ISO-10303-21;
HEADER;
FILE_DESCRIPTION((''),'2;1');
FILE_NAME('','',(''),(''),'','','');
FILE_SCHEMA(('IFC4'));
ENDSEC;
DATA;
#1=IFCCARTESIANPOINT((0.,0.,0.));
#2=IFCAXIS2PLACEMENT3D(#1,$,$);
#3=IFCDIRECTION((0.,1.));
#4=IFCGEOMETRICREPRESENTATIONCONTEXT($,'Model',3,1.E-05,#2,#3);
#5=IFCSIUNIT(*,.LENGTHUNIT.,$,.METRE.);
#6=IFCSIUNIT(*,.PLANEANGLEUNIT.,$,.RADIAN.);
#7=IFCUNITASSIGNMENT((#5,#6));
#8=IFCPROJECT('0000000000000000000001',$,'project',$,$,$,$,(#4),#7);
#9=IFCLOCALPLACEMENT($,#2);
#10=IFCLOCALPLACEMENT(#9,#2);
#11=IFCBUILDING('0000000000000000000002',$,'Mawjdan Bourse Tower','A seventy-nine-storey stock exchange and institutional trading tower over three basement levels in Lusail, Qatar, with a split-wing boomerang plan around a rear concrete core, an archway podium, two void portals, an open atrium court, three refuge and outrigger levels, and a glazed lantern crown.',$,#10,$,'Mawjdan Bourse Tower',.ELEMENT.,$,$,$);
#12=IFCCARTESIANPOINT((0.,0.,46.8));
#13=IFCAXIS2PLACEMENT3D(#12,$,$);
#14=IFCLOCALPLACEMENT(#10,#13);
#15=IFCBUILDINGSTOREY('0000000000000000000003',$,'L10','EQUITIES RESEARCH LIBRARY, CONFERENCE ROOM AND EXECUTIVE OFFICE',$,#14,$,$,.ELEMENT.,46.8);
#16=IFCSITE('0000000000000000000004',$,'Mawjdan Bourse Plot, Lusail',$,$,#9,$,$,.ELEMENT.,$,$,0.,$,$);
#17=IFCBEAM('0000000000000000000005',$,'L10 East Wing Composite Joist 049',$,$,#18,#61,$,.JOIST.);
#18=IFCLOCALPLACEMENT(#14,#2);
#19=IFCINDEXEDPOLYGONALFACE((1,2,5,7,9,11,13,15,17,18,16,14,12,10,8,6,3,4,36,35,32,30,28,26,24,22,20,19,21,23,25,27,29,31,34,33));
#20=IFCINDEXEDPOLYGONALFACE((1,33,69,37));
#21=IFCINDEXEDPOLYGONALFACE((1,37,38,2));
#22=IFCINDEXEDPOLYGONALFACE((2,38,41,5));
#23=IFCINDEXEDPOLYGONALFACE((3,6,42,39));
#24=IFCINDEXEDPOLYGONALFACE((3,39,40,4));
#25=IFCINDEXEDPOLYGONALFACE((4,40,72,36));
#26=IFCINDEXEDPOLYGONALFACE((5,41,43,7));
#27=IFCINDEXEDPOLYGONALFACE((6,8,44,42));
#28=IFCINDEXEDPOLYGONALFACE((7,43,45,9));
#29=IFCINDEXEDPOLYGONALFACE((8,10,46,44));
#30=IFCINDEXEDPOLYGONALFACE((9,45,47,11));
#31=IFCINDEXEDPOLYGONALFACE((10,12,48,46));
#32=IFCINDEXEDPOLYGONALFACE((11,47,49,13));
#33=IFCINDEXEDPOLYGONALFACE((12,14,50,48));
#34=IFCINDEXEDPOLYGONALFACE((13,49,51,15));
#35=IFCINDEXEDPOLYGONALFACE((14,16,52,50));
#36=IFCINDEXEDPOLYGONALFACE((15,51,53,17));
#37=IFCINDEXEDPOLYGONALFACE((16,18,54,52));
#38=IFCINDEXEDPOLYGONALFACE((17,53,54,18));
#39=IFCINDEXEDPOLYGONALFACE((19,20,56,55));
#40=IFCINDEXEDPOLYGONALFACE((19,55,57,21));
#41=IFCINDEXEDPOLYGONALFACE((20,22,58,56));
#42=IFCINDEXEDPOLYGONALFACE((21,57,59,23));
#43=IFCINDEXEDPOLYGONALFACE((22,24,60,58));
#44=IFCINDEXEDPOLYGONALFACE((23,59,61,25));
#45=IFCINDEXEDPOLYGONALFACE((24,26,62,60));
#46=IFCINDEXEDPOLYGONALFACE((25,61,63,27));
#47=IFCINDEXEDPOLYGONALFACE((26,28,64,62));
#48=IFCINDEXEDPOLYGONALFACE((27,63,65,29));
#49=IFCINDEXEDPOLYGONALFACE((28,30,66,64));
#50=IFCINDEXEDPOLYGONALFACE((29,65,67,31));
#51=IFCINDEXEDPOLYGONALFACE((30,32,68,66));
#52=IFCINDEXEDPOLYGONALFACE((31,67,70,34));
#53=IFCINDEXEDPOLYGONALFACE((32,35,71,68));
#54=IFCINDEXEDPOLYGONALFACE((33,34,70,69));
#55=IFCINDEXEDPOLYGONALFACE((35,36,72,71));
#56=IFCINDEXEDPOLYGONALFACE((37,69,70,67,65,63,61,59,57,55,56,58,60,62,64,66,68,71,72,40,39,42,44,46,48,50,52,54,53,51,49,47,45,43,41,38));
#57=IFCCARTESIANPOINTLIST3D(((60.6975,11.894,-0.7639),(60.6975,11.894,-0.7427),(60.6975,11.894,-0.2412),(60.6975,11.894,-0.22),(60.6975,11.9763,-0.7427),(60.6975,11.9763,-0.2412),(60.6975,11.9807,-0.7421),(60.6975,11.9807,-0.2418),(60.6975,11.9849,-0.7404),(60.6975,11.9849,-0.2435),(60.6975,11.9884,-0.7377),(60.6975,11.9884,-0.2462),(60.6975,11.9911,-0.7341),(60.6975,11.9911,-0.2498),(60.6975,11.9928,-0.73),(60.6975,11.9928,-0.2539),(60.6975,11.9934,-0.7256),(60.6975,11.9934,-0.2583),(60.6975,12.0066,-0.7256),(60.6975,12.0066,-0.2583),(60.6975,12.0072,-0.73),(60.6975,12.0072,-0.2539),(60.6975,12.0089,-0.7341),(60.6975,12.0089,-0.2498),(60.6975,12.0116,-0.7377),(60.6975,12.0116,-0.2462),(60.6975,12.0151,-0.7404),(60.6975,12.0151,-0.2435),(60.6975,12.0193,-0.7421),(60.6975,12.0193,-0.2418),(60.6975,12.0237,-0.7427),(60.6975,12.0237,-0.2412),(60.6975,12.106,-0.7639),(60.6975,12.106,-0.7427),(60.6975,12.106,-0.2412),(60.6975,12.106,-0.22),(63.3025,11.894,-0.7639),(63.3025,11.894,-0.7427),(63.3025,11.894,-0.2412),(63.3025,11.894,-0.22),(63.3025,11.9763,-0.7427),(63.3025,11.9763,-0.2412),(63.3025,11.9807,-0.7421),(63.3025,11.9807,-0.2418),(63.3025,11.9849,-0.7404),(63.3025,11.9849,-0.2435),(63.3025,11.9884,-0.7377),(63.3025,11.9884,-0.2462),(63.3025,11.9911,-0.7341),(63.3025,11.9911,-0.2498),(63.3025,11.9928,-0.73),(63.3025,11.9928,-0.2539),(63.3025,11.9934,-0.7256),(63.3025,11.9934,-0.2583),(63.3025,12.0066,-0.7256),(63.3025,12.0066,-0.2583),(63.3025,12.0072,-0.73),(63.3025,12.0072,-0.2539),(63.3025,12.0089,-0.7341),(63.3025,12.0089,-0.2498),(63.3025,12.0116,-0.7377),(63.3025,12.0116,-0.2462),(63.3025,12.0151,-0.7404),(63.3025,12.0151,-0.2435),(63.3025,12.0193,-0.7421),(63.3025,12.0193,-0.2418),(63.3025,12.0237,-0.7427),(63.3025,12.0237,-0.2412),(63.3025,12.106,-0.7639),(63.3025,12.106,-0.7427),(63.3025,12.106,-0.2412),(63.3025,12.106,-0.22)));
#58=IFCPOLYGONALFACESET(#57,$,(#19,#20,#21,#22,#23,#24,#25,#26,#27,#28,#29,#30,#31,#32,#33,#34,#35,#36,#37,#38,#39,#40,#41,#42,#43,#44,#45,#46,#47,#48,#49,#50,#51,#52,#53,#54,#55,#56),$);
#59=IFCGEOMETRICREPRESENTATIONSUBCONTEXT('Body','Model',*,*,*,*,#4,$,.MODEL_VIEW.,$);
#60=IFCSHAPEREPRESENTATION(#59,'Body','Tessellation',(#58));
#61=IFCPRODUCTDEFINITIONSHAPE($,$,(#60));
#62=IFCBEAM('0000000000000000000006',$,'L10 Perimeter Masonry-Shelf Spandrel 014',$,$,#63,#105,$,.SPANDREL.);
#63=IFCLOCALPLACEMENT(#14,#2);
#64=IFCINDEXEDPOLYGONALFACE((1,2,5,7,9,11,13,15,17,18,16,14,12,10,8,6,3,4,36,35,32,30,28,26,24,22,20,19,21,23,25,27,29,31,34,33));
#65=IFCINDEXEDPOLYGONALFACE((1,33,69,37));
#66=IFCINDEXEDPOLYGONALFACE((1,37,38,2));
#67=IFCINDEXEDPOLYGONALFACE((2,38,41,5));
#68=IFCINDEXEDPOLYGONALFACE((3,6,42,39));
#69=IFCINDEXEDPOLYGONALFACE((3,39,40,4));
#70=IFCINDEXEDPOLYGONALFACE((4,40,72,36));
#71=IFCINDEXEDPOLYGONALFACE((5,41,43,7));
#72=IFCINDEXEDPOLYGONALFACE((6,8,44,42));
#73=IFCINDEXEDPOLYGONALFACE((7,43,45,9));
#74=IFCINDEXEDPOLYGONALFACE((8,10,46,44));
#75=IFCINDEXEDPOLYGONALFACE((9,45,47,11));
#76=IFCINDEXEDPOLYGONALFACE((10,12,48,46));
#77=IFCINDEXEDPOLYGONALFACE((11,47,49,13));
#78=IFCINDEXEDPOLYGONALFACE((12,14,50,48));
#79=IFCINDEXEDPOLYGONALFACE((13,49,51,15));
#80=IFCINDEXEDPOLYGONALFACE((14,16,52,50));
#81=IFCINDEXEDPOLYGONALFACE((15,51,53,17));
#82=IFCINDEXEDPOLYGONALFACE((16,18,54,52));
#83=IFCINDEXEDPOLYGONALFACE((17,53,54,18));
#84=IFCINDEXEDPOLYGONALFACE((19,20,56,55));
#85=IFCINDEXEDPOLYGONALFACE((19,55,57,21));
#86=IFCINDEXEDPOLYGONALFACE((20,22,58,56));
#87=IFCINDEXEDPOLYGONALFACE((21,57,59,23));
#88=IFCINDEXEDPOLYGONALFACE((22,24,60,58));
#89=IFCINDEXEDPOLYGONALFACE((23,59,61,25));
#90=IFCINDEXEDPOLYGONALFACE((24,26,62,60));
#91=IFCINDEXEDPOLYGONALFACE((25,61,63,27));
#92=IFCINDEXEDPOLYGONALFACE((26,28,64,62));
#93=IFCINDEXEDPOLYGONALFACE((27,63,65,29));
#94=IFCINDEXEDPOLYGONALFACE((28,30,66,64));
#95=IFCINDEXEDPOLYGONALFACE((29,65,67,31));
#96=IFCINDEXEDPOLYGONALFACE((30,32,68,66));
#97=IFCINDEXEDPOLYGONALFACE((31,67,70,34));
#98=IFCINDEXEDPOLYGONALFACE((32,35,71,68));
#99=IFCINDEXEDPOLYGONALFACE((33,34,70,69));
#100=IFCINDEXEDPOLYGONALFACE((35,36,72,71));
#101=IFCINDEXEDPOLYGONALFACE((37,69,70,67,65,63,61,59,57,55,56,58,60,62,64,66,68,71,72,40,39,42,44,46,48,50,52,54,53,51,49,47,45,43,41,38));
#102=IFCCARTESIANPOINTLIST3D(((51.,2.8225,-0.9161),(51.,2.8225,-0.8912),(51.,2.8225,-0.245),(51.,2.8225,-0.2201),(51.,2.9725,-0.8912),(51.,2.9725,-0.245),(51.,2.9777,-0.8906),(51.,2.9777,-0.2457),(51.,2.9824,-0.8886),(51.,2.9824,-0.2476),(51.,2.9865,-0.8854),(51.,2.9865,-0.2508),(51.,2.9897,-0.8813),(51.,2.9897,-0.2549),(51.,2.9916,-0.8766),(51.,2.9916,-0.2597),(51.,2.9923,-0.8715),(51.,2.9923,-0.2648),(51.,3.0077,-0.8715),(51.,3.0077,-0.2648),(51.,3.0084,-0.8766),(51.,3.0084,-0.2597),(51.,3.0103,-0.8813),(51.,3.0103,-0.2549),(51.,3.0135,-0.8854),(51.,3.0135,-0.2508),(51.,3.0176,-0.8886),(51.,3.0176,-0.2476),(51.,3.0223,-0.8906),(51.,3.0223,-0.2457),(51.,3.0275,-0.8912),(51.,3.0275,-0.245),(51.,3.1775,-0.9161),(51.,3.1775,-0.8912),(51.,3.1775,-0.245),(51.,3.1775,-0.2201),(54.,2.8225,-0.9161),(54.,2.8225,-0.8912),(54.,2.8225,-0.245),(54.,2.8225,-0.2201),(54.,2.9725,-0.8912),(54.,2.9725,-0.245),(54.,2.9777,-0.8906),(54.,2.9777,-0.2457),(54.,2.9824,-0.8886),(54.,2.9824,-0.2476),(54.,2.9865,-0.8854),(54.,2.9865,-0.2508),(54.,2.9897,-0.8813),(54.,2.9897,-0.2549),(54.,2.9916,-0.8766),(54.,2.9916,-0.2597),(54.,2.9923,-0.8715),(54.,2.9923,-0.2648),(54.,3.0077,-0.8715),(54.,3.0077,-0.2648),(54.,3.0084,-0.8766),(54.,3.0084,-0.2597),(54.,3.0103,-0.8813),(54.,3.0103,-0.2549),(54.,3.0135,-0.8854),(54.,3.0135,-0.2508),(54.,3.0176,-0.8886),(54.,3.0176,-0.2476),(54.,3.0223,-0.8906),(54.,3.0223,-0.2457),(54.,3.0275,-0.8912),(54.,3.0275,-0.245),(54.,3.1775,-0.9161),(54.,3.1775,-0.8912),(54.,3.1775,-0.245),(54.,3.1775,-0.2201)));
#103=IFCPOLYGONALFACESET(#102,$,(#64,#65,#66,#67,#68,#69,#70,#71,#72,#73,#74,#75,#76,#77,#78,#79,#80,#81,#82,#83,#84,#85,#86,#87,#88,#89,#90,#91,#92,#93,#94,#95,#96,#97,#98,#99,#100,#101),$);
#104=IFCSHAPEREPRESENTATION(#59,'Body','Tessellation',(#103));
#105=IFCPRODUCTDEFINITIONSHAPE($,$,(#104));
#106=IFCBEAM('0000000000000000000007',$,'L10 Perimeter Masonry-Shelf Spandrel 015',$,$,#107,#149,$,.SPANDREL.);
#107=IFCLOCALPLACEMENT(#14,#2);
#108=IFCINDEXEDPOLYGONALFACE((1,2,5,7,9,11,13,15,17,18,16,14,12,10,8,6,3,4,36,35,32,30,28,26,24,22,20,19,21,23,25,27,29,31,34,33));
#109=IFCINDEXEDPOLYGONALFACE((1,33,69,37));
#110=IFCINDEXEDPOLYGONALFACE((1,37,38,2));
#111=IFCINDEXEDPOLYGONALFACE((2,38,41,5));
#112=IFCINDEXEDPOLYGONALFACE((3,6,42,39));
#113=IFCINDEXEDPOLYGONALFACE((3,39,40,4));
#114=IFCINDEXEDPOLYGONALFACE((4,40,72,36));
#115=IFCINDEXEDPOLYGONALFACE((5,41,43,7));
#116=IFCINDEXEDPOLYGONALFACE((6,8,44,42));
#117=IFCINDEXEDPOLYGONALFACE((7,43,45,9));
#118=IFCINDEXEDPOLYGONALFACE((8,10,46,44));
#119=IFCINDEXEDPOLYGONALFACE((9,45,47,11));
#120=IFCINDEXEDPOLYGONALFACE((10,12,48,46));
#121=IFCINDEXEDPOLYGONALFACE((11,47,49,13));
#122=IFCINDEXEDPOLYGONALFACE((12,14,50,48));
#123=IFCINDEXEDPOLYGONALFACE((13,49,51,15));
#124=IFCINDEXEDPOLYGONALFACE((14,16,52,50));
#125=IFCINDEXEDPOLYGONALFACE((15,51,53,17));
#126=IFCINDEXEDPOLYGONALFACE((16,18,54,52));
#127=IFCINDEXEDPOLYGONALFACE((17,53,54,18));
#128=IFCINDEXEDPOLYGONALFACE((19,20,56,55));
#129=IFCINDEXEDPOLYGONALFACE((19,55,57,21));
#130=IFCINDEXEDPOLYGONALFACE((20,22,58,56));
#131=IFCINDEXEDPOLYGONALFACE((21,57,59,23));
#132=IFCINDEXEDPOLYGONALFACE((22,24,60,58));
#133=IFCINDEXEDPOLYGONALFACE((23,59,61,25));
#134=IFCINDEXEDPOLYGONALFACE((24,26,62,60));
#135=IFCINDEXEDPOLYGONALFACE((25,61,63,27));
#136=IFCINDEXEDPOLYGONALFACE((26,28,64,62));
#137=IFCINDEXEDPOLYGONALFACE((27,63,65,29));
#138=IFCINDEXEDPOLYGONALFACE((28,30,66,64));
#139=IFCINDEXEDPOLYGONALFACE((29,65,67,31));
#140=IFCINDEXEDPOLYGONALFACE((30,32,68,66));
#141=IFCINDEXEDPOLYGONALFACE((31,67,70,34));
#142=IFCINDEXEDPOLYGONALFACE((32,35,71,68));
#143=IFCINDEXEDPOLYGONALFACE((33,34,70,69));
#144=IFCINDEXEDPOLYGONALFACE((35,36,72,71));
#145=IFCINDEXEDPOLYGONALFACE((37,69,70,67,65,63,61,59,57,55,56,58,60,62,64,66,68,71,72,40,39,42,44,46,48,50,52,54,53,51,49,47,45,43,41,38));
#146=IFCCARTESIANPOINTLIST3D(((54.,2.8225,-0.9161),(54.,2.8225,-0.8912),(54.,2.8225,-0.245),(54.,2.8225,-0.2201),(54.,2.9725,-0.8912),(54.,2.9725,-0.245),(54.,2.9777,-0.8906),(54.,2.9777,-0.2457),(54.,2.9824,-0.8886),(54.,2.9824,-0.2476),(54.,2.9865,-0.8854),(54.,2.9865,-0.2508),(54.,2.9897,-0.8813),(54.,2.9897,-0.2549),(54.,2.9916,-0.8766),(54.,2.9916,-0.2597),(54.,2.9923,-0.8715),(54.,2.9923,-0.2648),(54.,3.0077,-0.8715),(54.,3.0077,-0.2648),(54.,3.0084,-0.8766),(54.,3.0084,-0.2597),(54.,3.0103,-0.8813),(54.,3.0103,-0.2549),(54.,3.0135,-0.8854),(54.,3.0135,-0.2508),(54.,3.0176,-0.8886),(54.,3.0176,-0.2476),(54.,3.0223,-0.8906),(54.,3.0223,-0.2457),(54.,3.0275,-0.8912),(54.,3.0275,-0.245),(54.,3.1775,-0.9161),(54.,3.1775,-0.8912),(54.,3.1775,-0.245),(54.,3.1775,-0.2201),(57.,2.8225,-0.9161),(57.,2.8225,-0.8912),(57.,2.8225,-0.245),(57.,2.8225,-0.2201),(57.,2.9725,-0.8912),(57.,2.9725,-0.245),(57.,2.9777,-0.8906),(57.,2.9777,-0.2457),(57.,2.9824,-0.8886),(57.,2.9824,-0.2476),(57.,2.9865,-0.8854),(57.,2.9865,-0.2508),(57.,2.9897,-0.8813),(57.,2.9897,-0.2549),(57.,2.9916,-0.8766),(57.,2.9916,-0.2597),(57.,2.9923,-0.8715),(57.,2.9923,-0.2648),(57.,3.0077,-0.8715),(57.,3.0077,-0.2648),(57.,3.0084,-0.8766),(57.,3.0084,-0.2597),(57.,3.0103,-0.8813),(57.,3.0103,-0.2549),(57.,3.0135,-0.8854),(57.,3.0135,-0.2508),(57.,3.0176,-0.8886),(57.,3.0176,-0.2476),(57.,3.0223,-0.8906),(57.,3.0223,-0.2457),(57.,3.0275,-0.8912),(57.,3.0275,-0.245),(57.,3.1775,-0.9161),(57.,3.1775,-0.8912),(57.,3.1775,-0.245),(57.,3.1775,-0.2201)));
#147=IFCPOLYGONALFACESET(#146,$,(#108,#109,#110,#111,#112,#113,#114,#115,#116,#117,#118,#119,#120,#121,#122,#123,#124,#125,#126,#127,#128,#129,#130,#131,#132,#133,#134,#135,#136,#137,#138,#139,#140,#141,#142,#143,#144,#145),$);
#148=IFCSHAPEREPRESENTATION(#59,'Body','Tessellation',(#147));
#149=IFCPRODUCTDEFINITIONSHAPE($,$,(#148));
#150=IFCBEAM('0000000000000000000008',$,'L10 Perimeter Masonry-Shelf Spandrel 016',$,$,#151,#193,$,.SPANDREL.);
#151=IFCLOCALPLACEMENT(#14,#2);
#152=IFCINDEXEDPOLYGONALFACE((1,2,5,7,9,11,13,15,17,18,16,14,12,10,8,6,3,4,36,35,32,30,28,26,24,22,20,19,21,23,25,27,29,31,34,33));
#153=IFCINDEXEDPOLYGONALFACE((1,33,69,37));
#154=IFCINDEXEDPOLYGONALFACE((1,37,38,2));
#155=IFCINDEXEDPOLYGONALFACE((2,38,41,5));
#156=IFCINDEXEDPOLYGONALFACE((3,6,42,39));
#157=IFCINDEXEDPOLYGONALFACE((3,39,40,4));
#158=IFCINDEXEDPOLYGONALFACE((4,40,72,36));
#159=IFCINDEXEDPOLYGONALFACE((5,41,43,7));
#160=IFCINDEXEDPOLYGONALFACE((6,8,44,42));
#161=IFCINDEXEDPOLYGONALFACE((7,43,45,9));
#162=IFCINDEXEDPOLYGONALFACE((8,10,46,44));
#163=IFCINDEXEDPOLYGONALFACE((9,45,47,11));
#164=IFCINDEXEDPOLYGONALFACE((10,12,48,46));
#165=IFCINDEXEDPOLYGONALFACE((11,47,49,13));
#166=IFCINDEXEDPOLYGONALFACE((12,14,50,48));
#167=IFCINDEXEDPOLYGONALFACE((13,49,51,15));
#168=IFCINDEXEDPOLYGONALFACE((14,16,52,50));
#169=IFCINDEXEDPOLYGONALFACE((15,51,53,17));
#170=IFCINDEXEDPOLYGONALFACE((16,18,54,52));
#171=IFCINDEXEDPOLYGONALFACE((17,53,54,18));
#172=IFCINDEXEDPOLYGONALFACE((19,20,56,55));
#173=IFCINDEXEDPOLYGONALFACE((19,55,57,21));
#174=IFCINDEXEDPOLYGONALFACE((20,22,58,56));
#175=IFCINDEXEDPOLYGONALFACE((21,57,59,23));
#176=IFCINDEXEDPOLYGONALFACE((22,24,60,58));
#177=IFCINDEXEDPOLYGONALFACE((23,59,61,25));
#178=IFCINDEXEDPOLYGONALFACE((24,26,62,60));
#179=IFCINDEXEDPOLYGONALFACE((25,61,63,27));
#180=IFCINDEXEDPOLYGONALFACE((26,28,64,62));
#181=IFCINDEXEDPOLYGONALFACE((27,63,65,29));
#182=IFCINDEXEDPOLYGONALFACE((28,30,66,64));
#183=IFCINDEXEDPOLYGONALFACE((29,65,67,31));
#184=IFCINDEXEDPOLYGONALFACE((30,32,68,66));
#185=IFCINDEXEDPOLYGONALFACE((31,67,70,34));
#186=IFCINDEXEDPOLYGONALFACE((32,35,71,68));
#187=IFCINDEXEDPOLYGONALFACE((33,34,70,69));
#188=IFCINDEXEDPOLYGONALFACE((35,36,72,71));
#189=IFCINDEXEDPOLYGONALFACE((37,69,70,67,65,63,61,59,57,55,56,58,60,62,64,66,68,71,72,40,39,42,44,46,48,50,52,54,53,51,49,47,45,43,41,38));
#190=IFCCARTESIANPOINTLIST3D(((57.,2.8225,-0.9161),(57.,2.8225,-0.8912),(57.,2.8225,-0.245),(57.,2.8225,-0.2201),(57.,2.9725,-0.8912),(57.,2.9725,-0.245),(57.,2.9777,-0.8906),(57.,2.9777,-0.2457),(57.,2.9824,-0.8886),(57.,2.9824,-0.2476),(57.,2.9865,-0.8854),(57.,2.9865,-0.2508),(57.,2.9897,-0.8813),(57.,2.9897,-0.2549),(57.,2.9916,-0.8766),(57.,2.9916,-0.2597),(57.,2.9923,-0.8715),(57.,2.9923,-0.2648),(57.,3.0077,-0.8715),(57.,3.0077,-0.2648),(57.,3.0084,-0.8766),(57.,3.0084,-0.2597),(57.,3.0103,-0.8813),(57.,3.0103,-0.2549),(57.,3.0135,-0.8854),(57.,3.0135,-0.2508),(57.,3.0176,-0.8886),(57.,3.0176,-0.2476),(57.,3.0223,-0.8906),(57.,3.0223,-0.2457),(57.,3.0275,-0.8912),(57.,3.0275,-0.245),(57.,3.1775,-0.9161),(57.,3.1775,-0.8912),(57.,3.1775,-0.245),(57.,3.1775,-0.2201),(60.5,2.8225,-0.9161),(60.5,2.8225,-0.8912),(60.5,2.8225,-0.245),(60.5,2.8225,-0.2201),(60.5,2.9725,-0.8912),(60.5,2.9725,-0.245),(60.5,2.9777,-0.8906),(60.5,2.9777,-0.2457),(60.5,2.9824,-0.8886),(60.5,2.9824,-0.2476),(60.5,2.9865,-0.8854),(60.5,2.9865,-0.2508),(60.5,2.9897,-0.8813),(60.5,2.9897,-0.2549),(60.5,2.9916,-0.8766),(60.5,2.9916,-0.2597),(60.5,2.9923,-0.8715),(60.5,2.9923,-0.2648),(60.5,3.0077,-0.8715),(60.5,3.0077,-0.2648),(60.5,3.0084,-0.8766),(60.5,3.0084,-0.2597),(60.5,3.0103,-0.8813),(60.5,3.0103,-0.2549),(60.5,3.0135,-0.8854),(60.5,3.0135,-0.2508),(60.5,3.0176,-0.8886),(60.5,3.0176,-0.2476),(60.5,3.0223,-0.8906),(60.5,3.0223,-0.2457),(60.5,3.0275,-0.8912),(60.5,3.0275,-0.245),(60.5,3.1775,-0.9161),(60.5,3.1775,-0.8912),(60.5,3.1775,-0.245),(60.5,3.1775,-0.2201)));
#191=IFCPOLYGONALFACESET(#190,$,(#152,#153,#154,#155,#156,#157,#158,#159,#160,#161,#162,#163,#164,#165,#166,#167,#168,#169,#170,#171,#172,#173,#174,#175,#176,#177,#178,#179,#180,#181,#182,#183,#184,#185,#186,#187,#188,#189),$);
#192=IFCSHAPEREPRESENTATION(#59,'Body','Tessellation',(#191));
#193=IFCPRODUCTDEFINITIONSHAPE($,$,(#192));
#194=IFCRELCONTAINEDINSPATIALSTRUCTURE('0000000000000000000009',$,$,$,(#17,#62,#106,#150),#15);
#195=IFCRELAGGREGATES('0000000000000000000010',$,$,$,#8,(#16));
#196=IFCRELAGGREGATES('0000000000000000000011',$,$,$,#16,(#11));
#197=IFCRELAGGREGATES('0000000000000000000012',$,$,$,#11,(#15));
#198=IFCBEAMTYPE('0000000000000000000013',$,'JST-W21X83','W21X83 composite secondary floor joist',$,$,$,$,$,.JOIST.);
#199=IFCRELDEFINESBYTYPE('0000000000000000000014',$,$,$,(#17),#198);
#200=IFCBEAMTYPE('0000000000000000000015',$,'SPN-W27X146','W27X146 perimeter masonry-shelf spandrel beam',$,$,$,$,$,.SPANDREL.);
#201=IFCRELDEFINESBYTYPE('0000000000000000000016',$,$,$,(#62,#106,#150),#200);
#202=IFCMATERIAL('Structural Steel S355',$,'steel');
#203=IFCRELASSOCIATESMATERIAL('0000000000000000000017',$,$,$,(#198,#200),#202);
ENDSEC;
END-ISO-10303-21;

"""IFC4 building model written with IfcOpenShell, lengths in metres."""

from ifc_helpers import new_model, si_unit, direction, frame, origin, origin_2d, place, context, subcontext, project, spatial, i_section, extrude, material, material_profile, profile_set, type_object, element, save


model = new_model("IFC4")

# Units and contexts
model_context = context("Model", 3, precision=1e-05, world=origin(), true_north=direction((0.0, 1.0)))
body_context = subcontext(model_context, "Body", "Model", "MODEL_VIEW")
ifc_project = project(units=[si_unit("LENGTHUNIT", "METRE"), si_unit("PLANEANGLEUNIT", "RADIAN")], contexts=[model_context])

# Site, building, storey
site_placement = place(None, origin())
site = spatial("IfcSite", under=ifc_project, at=site_placement, Name="Mawjdan Bourse Plot, Lusail", CompositionType="ELEMENT", RefElevation=0.0)
building_placement = place(site_placement, origin())
building = spatial("IfcBuilding", under=site, at=building_placement, Name="Mawjdan Bourse Tower", Description="A seventy-nine-storey stock exchange and institutional trading tower over three basement levels in Lusail, Qatar, with a split-wing boomerang plan around a rear concrete core, an archway podium, two void portals, an open atrium court, three refuge and outrigger levels, and a glazed lantern crown.", LongName="Mawjdan Bourse Tower", CompositionType="ELEMENT")
storey_placement = place(building_placement, frame((0.0, 0.0, 46.8)))
storey = spatial("IfcBuildingStorey", under=building, at=storey_placement, Name="L10", Description="EQUITIES RESEARCH LIBRARY, CONFERENCE ROOM AND EXECUTIVE OFFICE", CompositionType="ELEMENT", Elevation=46.8)

# Beams
ifc_material_1 = material(Name="Structural Steel S355", Category="steel")
ifc_material_profile_1 = material_profile(ifc_material_1, i_section(OverallWidth=0.2119, OverallDepth=0.5439, WebThickness=0.0132, FlangeThickness=0.0212, FilletRadius=0.0171, at=origin_2d()), Name="W21X83")
ifc_profile_set_1 = profile_set([ifc_material_profile_1], Name="Structural Steel S355")
beam_type_1 = type_object("IfcBeamType", Name="JST-W21X83", Description="W21X83 composite secondary floor joist", PredefinedType="JOIST", material=ifc_profile_set_1)
beam_1_placement = place(storey_placement, frame((60.6975, 12.0, -0.4919), z_axis=(1.0, 0.0, 0.0), x_axis=(0.0, 1.0, 0.0)))
element("IfcBeam", 1, at=beam_1_placement, inside=storey, type_object=beam_type_1, Name="L10 East Wing Composite Joist 049", PredefinedType="JOIST", context=body_context, shape_type="SweptSolid", body=[
    extrude(i_section(OverallWidth=0.2119, OverallDepth=0.5439, WebThickness=0.0132, FlangeThickness=0.0212, FilletRadius=0.0171, at=origin_2d()), origin(), (0.0, 0.0, 1.0), 2.605),
])
ifc_material_profile_2 = material_profile(ifc_material_1, i_section(OverallWidth=0.355, OverallDepth=0.696, WebThickness=0.0154, FlangeThickness=0.0249, FilletRadius=0.0198, at=origin_2d()), Name="W27X146")
ifc_profile_set_2 = profile_set([ifc_material_profile_2], Name="Structural Steel S355")
beam_type_2 = type_object("IfcBeamType", Name="SPN-W27X146", Description="W27X146 perimeter masonry-shelf spandrel beam", PredefinedType="SPANDREL", material=ifc_profile_set_2)
for number, where, z_axis, x_axis, name in (
    (2, (51.0, 3.0, -0.5681), (1.0, 0.0, 0.0), (0.0, 1.0, 0.0), "L10 Perimeter Masonry-Shelf Spandrel 014"),
    (3, (54.0, 3.0, -0.5681), (1.0, 0.0, 0.0), (0.0, 1.0, 0.0), "L10 Perimeter Masonry-Shelf Spandrel 015"),
):
    element("IfcBeam", number, at=place(storey_placement, frame(where, z_axis=z_axis, x_axis=x_axis)), inside=storey, type_object=beam_type_2, Name=name, PredefinedType="SPANDREL", context=body_context, shape_type="SweptSolid", body=[
        extrude(i_section(OverallWidth=0.355, OverallDepth=0.696, WebThickness=0.0154, FlangeThickness=0.0249, FilletRadius=0.0198, at=origin_2d()), origin(), (0.0, 0.0, 1.0), 3.0),
    ])
beam_2_placement = place(storey_placement, frame((57.0, 3.0, -0.5681), z_axis=(1.0, 0.0, 0.0), x_axis=(0.0, 1.0, 0.0)))
element("IfcBeam", 4, at=beam_2_placement, inside=storey, type_object=beam_type_2, Name="L10 Perimeter Masonry-Shelf Spandrel 016", PredefinedType="SPANDREL", context=body_context, shape_type="SweptSolid", body=[
    extrude(i_section(OverallWidth=0.355, OverallDepth=0.696, WebThickness=0.0154, FlangeThickness=0.0249, FilletRadius=0.0198, at=origin_2d()), origin(), (0.0, 0.0, 1.0), 3.5),
])

save(model, "model.ifc")
